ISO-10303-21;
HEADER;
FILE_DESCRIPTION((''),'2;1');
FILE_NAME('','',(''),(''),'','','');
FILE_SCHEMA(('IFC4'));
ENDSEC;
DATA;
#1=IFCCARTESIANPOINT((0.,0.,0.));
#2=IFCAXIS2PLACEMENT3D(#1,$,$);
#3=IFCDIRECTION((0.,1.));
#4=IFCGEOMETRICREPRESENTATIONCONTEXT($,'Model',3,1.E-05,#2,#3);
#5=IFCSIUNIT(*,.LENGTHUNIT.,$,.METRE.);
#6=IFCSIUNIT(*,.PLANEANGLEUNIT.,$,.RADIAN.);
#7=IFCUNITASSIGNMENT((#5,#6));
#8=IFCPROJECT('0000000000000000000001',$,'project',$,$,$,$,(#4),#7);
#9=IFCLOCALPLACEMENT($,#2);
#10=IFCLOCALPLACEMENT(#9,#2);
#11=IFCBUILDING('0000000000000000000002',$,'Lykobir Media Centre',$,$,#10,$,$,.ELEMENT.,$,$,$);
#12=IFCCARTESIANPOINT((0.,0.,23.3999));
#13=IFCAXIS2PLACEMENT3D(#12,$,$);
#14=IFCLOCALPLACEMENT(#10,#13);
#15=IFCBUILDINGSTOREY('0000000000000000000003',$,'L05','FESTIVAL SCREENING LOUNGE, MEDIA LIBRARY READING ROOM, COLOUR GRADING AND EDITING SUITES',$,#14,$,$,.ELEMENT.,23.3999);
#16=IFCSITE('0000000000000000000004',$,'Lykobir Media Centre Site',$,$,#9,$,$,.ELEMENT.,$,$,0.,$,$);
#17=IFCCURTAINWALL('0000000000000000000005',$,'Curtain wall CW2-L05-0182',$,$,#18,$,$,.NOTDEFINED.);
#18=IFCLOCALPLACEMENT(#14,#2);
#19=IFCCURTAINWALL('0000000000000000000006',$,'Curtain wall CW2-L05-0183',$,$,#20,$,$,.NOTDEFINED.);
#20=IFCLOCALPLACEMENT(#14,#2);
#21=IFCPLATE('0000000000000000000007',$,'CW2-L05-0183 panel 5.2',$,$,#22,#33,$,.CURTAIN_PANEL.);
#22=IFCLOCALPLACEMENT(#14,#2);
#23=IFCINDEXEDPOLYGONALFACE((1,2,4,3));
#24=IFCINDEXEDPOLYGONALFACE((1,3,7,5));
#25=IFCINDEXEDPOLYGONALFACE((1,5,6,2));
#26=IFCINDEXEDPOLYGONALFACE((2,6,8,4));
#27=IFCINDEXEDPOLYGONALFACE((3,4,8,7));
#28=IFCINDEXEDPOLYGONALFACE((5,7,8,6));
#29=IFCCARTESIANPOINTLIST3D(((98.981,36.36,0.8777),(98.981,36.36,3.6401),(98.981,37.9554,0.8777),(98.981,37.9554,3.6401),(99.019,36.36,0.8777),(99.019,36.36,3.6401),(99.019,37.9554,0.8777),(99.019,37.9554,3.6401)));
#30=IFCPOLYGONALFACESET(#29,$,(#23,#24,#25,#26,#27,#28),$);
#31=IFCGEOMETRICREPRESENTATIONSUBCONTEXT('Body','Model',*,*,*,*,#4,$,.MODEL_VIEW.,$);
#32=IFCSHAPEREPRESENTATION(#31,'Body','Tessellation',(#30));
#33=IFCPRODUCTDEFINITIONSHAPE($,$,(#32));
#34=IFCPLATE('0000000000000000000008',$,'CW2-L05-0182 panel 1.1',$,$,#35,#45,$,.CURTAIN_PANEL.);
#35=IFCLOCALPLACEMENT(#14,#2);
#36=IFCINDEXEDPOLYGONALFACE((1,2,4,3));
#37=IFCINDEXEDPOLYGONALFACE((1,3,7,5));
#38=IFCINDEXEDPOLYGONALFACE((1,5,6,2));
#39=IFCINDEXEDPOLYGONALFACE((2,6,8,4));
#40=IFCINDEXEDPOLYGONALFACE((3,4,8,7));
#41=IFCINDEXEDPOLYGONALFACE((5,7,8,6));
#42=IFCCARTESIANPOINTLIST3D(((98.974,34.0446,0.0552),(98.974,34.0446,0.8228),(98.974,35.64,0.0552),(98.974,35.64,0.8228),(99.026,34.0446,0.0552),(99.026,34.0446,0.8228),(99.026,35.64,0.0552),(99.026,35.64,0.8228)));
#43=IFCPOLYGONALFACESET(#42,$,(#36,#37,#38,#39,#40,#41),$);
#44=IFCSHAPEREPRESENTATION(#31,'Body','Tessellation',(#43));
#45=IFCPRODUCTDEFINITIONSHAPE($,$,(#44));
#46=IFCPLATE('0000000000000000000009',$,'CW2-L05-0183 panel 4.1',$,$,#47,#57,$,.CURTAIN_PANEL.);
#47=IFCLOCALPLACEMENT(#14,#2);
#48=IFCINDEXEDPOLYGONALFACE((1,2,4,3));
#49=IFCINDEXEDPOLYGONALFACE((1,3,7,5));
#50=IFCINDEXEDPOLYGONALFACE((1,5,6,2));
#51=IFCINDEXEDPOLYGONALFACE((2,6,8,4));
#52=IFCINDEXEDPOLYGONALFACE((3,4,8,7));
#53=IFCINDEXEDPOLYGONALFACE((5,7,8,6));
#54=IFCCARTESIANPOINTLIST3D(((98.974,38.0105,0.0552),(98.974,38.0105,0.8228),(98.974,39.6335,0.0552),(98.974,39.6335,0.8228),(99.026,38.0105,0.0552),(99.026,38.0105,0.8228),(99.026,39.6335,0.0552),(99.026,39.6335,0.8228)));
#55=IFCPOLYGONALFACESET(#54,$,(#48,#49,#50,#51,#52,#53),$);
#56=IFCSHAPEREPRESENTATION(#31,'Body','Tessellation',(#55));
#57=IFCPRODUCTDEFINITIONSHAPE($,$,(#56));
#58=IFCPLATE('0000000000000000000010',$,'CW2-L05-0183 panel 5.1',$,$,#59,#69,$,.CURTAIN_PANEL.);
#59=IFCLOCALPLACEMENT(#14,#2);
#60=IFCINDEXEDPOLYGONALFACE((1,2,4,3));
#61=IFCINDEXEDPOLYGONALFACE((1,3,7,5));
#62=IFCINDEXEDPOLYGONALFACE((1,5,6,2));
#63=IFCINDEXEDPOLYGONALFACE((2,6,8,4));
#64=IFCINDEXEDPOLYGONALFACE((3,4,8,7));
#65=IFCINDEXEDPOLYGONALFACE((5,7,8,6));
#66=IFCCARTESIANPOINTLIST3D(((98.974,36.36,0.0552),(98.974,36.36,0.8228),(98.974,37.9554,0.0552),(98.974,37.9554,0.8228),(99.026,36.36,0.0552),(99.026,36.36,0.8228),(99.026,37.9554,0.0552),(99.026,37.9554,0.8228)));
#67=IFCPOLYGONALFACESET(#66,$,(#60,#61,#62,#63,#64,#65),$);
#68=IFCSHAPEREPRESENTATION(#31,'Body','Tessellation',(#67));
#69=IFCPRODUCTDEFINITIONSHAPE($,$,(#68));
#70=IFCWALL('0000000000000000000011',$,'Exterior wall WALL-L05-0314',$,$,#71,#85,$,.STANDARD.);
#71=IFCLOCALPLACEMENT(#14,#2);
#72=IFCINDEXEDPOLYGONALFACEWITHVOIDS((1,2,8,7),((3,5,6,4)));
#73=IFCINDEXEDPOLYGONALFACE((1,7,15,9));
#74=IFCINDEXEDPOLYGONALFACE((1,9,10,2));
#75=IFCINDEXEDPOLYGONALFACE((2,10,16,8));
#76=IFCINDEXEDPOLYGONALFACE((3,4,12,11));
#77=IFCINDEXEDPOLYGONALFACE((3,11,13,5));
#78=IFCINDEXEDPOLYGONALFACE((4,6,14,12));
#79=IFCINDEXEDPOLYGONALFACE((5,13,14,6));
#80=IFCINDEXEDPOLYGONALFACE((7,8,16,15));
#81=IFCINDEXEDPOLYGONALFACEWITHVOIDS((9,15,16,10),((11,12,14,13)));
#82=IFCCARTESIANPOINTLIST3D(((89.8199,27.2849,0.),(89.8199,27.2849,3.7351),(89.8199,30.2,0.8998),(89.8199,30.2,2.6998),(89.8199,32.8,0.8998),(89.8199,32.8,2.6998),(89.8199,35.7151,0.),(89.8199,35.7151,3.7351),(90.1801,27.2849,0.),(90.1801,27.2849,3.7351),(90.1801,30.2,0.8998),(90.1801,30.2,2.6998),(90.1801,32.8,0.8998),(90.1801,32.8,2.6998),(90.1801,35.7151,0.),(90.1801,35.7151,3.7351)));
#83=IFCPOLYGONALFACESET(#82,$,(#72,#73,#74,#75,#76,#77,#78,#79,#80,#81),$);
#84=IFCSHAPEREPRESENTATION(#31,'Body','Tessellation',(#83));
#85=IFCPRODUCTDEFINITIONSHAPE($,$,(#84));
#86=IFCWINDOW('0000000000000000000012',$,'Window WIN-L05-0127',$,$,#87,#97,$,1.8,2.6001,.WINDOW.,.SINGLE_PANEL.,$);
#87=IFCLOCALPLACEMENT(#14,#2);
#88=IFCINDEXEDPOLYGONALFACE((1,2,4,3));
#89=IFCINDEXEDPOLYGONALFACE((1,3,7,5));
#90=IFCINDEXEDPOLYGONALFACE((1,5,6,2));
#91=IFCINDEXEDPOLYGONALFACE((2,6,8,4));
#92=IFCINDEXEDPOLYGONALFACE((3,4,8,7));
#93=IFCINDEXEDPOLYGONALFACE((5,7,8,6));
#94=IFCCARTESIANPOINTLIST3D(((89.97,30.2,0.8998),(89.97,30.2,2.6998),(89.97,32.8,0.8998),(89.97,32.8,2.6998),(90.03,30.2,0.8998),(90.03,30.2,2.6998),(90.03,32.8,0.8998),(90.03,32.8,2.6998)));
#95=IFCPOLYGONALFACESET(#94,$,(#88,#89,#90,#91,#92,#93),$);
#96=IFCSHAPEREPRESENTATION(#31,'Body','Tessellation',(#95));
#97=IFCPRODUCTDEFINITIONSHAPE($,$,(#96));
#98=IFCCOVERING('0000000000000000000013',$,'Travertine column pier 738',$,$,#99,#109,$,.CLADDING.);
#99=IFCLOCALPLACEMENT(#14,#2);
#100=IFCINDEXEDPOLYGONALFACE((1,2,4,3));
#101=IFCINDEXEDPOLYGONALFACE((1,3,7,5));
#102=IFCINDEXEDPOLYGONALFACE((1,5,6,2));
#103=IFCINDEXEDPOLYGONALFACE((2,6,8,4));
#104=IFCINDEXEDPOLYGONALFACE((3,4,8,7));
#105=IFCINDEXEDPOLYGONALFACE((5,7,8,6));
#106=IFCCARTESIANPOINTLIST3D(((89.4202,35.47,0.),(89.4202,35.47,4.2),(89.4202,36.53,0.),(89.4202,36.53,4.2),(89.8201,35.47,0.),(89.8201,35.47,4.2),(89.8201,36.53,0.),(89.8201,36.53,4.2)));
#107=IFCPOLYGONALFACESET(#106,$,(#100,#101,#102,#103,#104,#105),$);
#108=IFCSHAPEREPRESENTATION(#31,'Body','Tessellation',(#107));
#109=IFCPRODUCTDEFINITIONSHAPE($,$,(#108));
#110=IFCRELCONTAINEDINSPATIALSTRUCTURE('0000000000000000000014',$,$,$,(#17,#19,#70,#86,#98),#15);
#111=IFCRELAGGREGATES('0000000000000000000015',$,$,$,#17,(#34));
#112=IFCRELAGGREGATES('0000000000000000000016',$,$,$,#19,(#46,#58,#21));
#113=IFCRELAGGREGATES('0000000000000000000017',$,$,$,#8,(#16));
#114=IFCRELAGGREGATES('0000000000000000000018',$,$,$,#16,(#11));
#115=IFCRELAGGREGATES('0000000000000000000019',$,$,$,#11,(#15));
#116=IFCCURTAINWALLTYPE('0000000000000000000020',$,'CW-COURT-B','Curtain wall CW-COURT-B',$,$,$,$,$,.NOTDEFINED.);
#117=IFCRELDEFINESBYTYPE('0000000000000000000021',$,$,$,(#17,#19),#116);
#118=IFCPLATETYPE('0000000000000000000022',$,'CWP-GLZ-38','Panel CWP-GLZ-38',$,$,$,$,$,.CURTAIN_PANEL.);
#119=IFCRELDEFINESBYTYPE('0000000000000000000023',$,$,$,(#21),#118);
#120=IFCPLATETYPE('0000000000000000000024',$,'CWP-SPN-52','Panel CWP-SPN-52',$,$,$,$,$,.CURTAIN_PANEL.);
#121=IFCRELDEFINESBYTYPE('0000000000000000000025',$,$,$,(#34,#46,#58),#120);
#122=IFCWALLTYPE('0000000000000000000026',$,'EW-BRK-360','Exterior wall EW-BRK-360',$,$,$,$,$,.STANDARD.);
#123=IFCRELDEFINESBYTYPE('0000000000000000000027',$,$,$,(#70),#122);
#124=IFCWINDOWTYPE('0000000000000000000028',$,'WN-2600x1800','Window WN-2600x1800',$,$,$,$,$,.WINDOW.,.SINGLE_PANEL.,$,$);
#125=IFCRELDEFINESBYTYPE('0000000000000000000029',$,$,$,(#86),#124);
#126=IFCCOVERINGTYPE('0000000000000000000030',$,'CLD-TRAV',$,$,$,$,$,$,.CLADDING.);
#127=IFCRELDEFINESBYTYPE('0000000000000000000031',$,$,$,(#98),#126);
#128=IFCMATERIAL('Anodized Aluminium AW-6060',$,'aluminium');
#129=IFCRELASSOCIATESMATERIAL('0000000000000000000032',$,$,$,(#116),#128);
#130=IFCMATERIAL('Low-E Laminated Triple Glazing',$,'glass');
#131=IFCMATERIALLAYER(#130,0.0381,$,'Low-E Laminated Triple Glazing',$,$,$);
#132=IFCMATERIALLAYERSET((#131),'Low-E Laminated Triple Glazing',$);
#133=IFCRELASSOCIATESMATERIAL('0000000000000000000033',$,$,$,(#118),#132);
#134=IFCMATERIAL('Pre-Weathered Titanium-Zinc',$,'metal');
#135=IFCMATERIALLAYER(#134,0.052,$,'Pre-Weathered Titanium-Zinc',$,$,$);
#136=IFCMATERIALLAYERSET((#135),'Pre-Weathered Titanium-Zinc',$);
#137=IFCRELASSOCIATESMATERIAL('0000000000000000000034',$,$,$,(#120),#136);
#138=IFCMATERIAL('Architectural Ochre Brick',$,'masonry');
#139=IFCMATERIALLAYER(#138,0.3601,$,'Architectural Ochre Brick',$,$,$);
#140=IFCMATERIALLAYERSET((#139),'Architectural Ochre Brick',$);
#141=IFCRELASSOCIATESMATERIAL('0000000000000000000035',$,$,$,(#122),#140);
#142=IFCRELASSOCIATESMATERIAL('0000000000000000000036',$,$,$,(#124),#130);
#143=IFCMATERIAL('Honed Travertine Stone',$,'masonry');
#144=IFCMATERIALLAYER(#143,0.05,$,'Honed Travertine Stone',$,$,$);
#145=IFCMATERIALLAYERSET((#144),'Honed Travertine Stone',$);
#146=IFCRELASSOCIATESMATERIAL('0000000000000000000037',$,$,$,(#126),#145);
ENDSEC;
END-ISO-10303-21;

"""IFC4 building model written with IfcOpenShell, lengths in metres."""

from ifc_helpers import new_model, si_unit, direction, frame, frame_2d, origin, origin_2d, place, context, subcontext, project, spatial, rectangle, extrude, material, layer, layer_set, type_object, element, fill, aggregate, save


model = new_model("IFC4")

# Units and contexts
model_context = context("Model", 3, precision=1e-05, world=origin(), true_north=direction((0.0, 1.0)))
body_context = subcontext(model_context, "Body", "Model", "MODEL_VIEW")
ifc_project = project(units=[si_unit("LENGTHUNIT", "METRE"), si_unit("PLANEANGLEUNIT", "RADIAN")], contexts=[model_context])

# Site, building, storey
site_placement = place(None, origin())
site = spatial("IfcSite", under=ifc_project, at=site_placement, Name="Lykobir Media Centre Site", CompositionType="ELEMENT", RefElevation=0.0)
building_placement = place(site_placement, origin())
building = spatial("IfcBuilding", under=site, at=building_placement, Name="Lykobir Media Centre", CompositionType="ELEMENT")
storey_placement = place(building_placement, frame((0.0, 0.0, 23.3999)))
storey = spatial("IfcBuildingStorey", under=building, at=storey_placement, Name="L05", Description="FESTIVAL SCREENING LOUNGE, MEDIA LIBRARY READING ROOM, COLOUR GRADING AND EDITING SUITES", CompositionType="ELEMENT", Elevation=23.3999)

# Curtain walls
ifc_material_1 = material(Name="Anodized Aluminium AW-6060", Category="aluminium")
curtain_wall_type = type_object("IfcCurtainWallType", Name="CW-COURT-B", Description="Curtain wall CW-COURT-B", PredefinedType="NOTDEFINED", material=ifc_material_1)
curtain_wall_1_placement = place(storey_placement, origin())
curtain_wall_1 = element("IfcCurtainWall", 1, at=curtain_wall_1_placement, inside=storey, type_object=curtain_wall_type, Name="Curtain wall CW2-L05-0182", PredefinedType="NOTDEFINED")
curtain_wall_2_placement = place(storey_placement, origin())
curtain_wall_2 = element("IfcCurtainWall", 2, at=curtain_wall_2_placement, inside=storey, type_object=curtain_wall_type, Name="Curtain wall CW2-L05-0183", PredefinedType="NOTDEFINED")

# Plates
ifc_material_2 = material(Name="Low-E Laminated Triple Glazing", Category="glass")
ifc_layer_1 = layer(ifc_material_2, 0.0381, Name="Low-E Laminated Triple Glazing")
ifc_layer_set_1 = layer_set([ifc_layer_1], Name="Low-E Laminated Triple Glazing")
plate_type_1 = type_object("IfcPlateType", Name="CWP-GLZ-38", Description="Panel CWP-GLZ-38", PredefinedType="CURTAIN_PANEL", material=ifc_layer_set_1)
plate_1_placement = place(storey_placement, frame((99.0, 37.1577, 0.8777), z_axis=(0.0, 0.0, 1.0), x_axis=(0.0, -1.0, 0.0)))
plate_1 = element("IfcPlate", 3, at=plate_1_placement, type_object=plate_type_1, Name="CW2-L05-0183 panel 5.2", PredefinedType="CURTAIN_PANEL", context=body_context, shape_type="SweptSolid", body=[
    extrude(rectangle(XDim=1.5955, YDim=0.0381, at=origin_2d()), origin(), (0.0, 0.0, 1.0), 2.7625),
])
ifc_material_3 = material(Name="Pre-Weathered Titanium-Zinc", Category="metal")
ifc_layer_2 = layer(ifc_material_3, 0.052, Name="Pre-Weathered Titanium-Zinc")
ifc_layer_set_2 = layer_set([ifc_layer_2], Name="Pre-Weathered Titanium-Zinc")
plate_type_2 = type_object("IfcPlateType", Name="CWP-SPN-52", Description="Panel CWP-SPN-52", PredefinedType="CURTAIN_PANEL", material=ifc_layer_set_2)
plate_2_placement = place(storey_placement, frame((99.0, 34.8423, 0.0552), z_axis=(0.0, 0.0, 1.0), x_axis=(0.0, -1.0, 0.0)))
plate_2 = element("IfcPlate", 4, at=plate_2_placement, type_object=plate_type_2, Name="CW2-L05-0182 panel 1.1", PredefinedType="CURTAIN_PANEL", context=body_context, shape_type="SweptSolid", body=[
    extrude(rectangle(XDim=1.5955, YDim=0.052, at=origin_2d()), origin(), (0.0, 0.0, 1.0), 0.7676),
])
aggregate(curtain_wall_1, [plate_2])
plate_3_placement = place(storey_placement, frame((99.0, 38.822, 0.0552), z_axis=(0.0, 0.0, 1.0), x_axis=(0.0, -1.0, 0.0)))
plate_3 = element("IfcPlate", 5, at=plate_3_placement, type_object=plate_type_2, Name="CW2-L05-0183 panel 4.1", PredefinedType="CURTAIN_PANEL", context=body_context, shape_type="SweptSolid", body=[
    extrude(rectangle(XDim=1.623, YDim=0.052, at=origin_2d()), origin(), (0.0, 0.0, 1.0), 0.7676),
])
plate_4_placement = place(storey_placement, frame((99.0, 37.1577, 0.0552), z_axis=(0.0, 0.0, 1.0), x_axis=(0.0, -1.0, 0.0)))
plate_4 = element("IfcPlate", 6, at=plate_4_placement, type_object=plate_type_2, Name="CW2-L05-0183 panel 5.1", PredefinedType="CURTAIN_PANEL", context=body_context, shape_type="SweptSolid", body=[
    extrude(rectangle(XDim=1.5955, YDim=0.052, at=origin_2d()), origin(), (0.0, 0.0, 1.0), 0.7676),
])
aggregate(curtain_wall_2, [plate_3, plate_4, plate_1])

# Wall, opening, window
ifc_material_4 = material(Name="Architectural Ochre Brick", Category="masonry")
ifc_layer_3 = layer(ifc_material_4, 0.3601, Name="Architectural Ochre Brick")
ifc_layer_set_3 = layer_set([ifc_layer_3], Name="Architectural Ochre Brick")
wall_type = type_object("IfcWallType", Name="EW-BRK-360", Description="Exterior wall EW-BRK-360", PredefinedType="STANDARD", material=ifc_layer_set_3)
wall_placement = place(storey_placement, frame((90.0, 35.7151, 0.0), z_axis=(0.0, 0.0, 1.0), x_axis=(0.0, -1.0, 0.0)))
wall = element("IfcWall", 7, at=wall_placement, inside=storey, type_object=wall_type, Name="Exterior wall WALL-L05-0314", PredefinedType="STANDARD", context=body_context, shape_type="SweptSolid", body=[
    extrude(rectangle(XDim=8.4302, YDim=0.3601, at=frame_2d((4.2151, 0.0))), origin(), (0.0, 0.0, 1.0), 3.7351),
])
opening_placement = place(wall_placement, frame((2.915, 0.0, 0.8999)))
opening = element("IfcOpeningElement", 8, at=opening_placement, cuts=wall, PredefinedType="OPENING", context=body_context, shape_type="SweptSolid", body=[
    extrude(rectangle(XDim=2.6001, YDim=1.8, at=frame_2d((1.3, 0.8999))), frame((0.0, 0.1899, 0.0), z_axis=(0.0, -1.0, 0.0), x_axis=(1.0, 0.0, 0.0)), (0.0, 0.0, 1.0), 0.3801),
])
window_type = type_object("IfcWindowType", Name="WN-2600x1800", Description="Window WN-2600x1800", PartitioningType="SINGLE_PANEL", PredefinedType="WINDOW", material=ifc_material_2)
window_placement = place(opening_placement, origin())
window = element("IfcWindow", 9, at=window_placement, inside=storey, type_object=window_type, Name="Window WIN-L05-0127", OverallHeight=1.8, OverallWidth=2.6001, PartitioningType="SINGLE_PANEL", PredefinedType="WINDOW", context=body_context, shape_type="SweptSolid", body=[
    extrude(rectangle(XDim=2.6001, YDim=1.8, at=frame_2d((1.3, 0.8999))), frame((0.0, 0.03, 0.0), z_axis=(0.0, -1.0, 0.0), x_axis=(1.0, 0.0, 0.0)), (0.0, 0.0, 1.0), 0.0601),
])
fill(opening, window)

# Covering
ifc_material_5 = material(Name="Honed Travertine Stone", Category="masonry")
ifc_layer_4 = layer(ifc_material_5, 0.05, Name="Honed Travertine Stone")
ifc_layer_set_4 = layer_set([ifc_layer_4], Name="Honed Travertine Stone")
covering_type = type_object("IfcCoveringType", Name="CLD-TRAV", PredefinedType="CLADDING", material=ifc_layer_set_4)
covering_placement = place(storey_placement, frame((89.6201, 36.0, 0.0), z_axis=(0.0, 0.0, 1.0), x_axis=(0.0, -1.0, 0.0)))
element("IfcCovering", 10, at=covering_placement, inside=storey, type_object=covering_type, Name="Travertine column pier 738", PredefinedType="CLADDING", context=body_context, shape_type="SweptSolid", body=[
    extrude(rectangle(XDim=1.0601, YDim=0.3999, at=origin_2d()), origin(), (0.0, 0.0, 1.0), 4.2),
])

save(model, "model.ifc")
